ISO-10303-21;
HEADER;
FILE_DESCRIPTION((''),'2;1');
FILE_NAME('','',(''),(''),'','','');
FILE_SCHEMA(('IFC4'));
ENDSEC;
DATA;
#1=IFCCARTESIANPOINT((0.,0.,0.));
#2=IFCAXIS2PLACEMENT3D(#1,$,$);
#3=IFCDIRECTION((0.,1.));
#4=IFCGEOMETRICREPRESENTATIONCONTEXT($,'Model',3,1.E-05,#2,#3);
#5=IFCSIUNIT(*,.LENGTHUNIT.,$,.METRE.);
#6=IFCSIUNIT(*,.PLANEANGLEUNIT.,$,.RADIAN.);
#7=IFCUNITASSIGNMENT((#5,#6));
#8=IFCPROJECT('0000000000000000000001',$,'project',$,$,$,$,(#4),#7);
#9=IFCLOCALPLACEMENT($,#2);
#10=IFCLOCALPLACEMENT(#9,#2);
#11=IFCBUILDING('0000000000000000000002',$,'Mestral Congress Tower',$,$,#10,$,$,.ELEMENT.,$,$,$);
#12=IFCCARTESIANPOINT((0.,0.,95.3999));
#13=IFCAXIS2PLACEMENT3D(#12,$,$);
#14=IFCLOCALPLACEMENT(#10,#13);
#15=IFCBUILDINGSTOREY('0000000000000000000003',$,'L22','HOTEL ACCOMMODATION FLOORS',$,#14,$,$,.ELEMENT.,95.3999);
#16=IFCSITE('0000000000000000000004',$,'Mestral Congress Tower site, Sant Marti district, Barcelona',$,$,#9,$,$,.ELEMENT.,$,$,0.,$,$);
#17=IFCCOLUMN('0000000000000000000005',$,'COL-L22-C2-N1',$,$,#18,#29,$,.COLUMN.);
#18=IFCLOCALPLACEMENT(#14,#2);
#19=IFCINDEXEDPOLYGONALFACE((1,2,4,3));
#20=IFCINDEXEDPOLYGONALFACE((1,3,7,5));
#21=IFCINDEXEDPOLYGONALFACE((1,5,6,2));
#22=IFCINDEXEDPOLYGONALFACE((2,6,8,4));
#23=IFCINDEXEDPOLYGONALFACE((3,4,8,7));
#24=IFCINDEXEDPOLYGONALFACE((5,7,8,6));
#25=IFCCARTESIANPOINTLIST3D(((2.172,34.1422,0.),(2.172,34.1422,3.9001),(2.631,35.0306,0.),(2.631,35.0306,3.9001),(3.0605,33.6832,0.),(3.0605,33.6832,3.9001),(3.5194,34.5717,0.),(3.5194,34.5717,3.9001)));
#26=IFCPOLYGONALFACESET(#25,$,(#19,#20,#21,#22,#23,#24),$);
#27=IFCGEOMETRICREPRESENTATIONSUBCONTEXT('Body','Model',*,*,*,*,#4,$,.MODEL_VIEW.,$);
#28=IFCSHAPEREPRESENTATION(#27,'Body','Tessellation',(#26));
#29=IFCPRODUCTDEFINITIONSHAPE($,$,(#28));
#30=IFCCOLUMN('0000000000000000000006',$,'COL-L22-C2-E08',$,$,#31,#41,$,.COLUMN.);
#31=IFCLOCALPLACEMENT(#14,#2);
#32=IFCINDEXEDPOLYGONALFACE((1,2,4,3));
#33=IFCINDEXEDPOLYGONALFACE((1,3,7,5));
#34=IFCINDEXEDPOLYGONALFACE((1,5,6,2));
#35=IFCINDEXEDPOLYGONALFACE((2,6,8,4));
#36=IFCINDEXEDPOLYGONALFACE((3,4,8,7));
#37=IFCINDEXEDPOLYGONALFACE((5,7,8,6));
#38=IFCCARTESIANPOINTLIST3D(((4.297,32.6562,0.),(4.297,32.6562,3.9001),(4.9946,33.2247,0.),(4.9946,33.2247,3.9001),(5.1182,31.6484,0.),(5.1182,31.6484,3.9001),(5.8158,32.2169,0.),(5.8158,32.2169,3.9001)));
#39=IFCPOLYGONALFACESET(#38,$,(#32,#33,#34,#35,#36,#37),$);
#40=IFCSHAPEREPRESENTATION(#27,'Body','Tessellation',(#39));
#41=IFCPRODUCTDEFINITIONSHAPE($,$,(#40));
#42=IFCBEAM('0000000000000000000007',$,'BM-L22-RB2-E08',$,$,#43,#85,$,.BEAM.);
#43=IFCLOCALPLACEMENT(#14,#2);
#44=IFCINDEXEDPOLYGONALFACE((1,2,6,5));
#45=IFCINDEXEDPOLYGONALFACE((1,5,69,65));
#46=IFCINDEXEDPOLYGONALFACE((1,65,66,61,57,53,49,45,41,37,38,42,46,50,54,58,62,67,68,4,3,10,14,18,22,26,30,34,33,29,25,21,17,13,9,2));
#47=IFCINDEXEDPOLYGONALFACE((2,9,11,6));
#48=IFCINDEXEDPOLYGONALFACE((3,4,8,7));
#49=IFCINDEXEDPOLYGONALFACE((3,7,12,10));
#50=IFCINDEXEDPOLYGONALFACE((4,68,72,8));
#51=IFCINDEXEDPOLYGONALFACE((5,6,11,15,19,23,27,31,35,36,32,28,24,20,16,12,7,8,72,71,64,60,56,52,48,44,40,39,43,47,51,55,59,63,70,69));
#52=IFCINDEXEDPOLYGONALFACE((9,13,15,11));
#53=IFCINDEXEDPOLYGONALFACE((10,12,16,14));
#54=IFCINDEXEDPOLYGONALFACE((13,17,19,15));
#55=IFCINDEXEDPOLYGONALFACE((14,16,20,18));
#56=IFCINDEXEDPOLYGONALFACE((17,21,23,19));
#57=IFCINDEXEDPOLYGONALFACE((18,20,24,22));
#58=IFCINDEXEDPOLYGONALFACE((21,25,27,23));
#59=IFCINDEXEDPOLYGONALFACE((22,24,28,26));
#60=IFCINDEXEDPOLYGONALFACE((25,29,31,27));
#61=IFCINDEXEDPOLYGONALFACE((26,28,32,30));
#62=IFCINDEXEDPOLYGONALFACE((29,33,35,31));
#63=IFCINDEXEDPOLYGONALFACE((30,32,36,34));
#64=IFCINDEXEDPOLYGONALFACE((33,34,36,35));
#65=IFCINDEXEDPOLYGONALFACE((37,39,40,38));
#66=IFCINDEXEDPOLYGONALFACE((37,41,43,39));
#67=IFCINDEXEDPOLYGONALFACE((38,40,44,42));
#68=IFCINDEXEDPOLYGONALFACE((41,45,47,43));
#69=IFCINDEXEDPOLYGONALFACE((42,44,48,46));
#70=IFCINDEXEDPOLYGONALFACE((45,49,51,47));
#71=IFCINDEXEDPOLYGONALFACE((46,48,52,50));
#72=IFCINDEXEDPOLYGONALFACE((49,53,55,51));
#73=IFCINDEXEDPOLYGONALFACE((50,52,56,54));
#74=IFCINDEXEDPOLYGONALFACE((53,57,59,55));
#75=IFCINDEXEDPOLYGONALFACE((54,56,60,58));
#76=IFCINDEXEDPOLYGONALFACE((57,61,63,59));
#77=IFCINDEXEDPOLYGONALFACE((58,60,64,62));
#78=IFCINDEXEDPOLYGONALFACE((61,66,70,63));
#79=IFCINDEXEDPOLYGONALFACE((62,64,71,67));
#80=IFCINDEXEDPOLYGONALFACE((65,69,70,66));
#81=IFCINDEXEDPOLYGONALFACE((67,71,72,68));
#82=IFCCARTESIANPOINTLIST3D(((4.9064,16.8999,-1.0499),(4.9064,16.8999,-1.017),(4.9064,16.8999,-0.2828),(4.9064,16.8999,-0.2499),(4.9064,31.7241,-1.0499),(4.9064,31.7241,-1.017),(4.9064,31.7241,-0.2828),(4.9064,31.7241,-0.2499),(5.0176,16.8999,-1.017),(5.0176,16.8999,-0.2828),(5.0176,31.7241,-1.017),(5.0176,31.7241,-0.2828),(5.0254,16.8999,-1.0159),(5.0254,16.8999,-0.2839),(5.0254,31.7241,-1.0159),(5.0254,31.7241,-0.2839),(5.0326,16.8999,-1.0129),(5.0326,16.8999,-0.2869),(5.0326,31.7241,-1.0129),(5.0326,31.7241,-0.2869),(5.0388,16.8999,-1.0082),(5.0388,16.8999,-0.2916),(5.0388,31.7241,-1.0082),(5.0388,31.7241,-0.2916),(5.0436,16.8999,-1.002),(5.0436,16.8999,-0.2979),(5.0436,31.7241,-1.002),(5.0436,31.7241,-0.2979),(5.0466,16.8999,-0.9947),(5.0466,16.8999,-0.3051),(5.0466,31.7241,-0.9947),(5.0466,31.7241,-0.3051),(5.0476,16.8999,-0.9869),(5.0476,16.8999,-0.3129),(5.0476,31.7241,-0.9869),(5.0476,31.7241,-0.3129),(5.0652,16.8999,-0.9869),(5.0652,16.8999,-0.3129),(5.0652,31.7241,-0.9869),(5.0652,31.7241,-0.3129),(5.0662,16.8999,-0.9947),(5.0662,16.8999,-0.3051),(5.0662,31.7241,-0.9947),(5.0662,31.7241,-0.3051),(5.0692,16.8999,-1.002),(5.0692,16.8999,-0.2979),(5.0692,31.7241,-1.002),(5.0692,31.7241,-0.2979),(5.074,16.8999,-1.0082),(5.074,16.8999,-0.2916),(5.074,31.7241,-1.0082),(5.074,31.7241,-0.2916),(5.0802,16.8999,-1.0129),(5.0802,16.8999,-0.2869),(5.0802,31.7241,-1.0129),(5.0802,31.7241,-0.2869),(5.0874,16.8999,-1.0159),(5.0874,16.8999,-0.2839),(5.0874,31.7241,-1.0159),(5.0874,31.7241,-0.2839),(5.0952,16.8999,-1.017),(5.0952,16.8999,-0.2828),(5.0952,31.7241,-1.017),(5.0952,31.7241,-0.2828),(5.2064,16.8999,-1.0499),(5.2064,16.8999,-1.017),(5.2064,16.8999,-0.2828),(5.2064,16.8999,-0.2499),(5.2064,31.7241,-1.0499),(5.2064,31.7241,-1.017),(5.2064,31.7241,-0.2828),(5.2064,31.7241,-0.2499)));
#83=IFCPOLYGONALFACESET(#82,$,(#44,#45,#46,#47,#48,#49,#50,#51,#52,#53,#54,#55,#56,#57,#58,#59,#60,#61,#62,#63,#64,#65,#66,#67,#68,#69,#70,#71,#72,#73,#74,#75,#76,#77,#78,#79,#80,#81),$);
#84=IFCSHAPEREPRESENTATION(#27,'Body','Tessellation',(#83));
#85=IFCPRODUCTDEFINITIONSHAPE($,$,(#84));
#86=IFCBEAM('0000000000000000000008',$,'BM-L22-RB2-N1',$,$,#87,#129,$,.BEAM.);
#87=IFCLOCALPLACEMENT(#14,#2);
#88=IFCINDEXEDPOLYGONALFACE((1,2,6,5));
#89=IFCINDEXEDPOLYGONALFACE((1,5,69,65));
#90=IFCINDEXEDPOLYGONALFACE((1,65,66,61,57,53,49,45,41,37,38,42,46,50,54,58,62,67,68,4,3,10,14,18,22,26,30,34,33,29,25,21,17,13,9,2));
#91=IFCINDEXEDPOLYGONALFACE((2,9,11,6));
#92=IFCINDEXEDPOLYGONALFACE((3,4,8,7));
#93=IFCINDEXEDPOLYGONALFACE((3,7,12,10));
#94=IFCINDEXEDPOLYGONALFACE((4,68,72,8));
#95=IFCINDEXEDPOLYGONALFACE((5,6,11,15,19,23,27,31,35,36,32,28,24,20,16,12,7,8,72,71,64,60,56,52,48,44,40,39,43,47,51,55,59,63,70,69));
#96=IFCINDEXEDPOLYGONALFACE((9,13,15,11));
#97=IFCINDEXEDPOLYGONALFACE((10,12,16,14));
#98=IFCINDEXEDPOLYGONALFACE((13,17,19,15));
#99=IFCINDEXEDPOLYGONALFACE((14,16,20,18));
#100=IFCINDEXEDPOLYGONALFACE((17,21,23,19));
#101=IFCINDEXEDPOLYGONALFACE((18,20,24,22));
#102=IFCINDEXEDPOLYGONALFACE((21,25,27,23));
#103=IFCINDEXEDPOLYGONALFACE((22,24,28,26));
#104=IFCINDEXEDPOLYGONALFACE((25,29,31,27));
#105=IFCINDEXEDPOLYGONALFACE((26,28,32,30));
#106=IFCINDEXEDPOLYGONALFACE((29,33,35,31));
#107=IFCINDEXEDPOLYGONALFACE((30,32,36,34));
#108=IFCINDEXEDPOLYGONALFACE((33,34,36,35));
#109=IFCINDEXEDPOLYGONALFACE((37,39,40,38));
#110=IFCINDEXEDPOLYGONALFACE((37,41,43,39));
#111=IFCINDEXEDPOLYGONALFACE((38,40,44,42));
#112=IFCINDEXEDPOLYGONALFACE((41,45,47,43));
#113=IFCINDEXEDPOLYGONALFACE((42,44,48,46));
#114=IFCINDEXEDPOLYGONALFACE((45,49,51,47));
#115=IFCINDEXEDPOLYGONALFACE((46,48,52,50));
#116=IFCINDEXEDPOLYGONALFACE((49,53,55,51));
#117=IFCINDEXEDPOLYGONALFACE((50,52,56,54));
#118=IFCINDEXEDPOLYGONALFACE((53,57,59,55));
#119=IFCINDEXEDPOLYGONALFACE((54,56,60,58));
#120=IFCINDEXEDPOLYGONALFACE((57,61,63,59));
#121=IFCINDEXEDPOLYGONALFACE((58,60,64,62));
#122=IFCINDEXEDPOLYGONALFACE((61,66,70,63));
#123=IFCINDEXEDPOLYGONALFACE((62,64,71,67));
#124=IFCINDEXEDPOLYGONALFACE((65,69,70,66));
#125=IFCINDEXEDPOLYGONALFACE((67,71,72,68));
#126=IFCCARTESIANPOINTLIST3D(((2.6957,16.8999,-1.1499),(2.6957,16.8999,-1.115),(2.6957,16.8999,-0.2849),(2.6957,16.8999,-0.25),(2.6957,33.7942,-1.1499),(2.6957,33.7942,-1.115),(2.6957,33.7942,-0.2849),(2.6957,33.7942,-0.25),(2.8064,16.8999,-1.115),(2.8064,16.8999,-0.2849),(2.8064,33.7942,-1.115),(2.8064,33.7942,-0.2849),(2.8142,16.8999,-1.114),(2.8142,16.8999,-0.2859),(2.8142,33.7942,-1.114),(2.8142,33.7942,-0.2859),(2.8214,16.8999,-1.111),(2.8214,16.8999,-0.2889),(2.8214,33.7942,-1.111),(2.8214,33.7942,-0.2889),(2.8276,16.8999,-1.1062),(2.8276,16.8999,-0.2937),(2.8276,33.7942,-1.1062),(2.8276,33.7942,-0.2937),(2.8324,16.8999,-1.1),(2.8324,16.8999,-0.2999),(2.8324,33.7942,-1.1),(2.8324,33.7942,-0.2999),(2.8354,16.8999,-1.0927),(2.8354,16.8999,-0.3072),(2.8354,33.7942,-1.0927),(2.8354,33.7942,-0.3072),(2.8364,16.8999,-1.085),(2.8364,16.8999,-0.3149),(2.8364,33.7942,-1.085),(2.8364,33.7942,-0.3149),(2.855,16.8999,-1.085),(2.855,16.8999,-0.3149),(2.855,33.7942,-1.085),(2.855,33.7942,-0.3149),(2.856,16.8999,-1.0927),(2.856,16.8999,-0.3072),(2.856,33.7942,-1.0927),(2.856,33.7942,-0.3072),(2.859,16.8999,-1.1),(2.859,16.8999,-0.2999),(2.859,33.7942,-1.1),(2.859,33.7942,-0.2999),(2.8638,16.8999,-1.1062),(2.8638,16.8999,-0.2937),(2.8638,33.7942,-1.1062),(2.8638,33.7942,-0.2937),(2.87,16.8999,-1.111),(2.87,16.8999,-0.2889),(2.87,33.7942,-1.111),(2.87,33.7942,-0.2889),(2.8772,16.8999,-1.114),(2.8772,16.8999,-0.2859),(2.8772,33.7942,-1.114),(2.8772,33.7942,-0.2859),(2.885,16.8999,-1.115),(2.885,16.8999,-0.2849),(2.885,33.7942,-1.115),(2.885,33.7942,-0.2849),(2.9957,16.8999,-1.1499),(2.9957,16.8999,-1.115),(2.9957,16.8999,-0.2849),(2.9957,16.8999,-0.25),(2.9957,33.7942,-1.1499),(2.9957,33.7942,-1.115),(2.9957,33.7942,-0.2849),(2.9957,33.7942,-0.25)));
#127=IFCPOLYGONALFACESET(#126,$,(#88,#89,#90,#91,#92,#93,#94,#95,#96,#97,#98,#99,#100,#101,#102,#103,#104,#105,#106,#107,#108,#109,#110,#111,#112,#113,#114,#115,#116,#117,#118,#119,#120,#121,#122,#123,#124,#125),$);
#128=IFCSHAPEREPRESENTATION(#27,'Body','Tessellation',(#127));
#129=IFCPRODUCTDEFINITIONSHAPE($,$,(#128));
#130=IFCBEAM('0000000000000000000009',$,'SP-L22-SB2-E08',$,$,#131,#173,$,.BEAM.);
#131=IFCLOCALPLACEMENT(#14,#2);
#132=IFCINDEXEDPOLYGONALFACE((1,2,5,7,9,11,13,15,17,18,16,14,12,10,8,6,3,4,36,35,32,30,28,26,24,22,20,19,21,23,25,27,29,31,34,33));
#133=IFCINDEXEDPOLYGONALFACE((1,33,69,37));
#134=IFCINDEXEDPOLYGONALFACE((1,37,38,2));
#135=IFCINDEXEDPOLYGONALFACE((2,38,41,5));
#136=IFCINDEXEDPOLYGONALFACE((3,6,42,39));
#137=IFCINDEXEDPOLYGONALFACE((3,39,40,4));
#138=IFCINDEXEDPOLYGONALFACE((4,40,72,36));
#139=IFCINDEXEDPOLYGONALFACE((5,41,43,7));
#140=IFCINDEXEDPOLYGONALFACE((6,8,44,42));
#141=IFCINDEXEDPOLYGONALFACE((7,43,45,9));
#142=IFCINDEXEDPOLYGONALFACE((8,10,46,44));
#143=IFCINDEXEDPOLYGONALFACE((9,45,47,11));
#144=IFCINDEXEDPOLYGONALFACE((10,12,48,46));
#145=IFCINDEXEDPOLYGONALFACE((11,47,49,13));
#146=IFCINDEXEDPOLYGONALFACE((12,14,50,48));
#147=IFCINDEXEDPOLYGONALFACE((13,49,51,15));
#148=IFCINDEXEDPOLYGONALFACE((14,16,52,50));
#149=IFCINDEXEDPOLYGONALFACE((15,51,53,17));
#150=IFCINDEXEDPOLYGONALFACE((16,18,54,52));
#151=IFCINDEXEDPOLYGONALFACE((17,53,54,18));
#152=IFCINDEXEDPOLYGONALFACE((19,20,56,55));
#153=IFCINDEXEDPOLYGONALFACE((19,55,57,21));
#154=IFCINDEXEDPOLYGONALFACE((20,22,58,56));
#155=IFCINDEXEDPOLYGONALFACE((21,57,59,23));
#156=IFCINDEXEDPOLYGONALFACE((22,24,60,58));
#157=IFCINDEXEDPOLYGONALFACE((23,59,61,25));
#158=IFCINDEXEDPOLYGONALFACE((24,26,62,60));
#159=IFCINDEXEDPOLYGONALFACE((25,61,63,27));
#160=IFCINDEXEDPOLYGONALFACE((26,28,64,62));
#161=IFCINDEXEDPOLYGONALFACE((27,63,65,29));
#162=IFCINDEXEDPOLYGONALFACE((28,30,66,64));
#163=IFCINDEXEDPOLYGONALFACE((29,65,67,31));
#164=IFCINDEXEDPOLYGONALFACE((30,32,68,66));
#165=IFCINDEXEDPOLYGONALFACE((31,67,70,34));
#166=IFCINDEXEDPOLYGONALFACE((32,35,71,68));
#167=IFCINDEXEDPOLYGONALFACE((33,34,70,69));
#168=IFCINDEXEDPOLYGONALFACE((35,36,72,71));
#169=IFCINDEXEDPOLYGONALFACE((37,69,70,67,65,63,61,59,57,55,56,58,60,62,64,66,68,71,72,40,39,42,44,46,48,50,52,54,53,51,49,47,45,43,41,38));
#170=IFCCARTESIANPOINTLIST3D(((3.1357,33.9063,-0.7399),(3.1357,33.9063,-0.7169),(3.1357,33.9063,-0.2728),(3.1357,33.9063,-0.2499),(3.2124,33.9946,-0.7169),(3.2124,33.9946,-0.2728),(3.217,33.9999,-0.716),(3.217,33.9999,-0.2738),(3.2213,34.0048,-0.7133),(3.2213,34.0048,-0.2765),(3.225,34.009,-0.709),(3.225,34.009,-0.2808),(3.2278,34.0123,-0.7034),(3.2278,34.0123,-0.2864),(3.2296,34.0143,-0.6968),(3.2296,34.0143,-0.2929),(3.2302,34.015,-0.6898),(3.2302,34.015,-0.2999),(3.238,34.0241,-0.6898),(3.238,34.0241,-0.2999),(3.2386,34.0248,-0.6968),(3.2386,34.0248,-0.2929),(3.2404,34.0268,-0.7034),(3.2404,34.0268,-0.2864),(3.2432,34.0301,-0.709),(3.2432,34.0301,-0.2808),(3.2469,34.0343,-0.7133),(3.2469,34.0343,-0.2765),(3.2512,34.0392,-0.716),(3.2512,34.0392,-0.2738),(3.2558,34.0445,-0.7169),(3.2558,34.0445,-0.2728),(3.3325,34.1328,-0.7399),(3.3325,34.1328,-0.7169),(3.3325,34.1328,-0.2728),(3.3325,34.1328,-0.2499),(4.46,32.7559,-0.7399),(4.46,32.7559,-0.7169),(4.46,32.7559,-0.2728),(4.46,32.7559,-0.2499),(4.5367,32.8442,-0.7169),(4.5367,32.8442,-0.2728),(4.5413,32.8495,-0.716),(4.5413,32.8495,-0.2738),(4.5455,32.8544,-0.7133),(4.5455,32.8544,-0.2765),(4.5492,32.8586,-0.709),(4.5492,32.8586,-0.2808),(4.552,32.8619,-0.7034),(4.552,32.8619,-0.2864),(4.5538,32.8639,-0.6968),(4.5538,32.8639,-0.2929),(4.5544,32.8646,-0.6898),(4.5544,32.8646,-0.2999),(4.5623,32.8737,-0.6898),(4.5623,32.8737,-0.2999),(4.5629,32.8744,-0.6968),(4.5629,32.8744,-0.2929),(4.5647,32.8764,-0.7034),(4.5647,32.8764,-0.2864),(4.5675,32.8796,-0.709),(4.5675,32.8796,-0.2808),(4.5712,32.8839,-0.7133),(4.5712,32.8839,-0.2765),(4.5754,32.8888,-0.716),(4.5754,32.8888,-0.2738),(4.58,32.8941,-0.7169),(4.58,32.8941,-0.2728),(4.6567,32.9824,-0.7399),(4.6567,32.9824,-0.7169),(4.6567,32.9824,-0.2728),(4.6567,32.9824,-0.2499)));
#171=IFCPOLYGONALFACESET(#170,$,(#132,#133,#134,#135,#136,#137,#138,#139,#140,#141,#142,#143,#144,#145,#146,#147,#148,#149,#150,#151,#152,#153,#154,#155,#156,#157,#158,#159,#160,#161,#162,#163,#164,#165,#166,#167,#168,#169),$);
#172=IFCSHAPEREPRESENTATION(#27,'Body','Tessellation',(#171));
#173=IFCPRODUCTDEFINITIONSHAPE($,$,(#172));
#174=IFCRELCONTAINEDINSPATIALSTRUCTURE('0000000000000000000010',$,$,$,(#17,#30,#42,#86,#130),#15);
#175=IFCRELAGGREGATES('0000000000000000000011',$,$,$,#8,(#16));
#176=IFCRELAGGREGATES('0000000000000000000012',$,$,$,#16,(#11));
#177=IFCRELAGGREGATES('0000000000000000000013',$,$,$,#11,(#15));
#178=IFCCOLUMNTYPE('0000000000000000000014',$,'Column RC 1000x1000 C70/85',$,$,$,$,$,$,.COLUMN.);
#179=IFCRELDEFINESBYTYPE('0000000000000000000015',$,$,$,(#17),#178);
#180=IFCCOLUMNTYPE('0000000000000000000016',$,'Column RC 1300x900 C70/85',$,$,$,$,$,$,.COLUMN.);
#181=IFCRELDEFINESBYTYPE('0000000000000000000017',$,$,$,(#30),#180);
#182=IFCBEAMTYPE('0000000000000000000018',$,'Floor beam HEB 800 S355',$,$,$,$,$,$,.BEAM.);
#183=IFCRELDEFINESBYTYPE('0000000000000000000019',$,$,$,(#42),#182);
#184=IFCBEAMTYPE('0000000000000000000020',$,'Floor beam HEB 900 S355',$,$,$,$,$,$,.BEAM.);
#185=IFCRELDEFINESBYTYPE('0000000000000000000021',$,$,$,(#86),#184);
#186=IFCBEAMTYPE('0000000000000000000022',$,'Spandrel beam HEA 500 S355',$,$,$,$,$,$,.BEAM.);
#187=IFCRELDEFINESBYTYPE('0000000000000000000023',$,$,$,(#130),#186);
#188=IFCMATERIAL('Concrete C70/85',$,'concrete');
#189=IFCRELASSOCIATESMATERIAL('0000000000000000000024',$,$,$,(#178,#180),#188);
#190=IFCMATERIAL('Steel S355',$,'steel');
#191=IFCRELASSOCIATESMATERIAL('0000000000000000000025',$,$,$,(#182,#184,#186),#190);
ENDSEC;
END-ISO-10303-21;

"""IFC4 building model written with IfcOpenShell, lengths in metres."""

from ifc_helpers import new_model, si_unit, direction, frame, origin, origin_2d, place, context, subcontext, project, spatial, rectangle, i_section, extrude, material, material_profile, profile_set, type_object, element, save


model = new_model("IFC4")

# Units and contexts
model_context = context("Model", 3, precision=1e-05, world=origin(), true_north=direction((0.0, 1.0)))
body_context = subcontext(model_context, "Body", "Model", "MODEL_VIEW")
ifc_project = project(units=[si_unit("LENGTHUNIT", "METRE"), si_unit("PLANEANGLEUNIT", "RADIAN")], contexts=[model_context])

# Site, building, storey
site_placement = place(None, origin())
site = spatial("IfcSite", under=ifc_project, at=site_placement, Name="Mestral Congress Tower site, Sant Marti district, Barcelona", CompositionType="ELEMENT", RefElevation=0.0)
building_placement = place(site_placement, origin())
building = spatial("IfcBuilding", under=site, at=building_placement, Name="Mestral Congress Tower", CompositionType="ELEMENT")
storey_placement = place(building_placement, frame((0.0, 0.0, 95.3999)))
storey = spatial("IfcBuildingStorey", under=building, at=storey_placement, Name="L22", Description="HOTEL ACCOMMODATION FLOORS", CompositionType="ELEMENT", Elevation=95.3999)

# Columns
ifc_material_1 = material(Name="Concrete C70/85", Category="concrete")
ifc_material_profile_1 = material_profile(ifc_material_1, rectangle(XDim=1.0, YDim=1.0, at=origin_2d()), Name="RC 1000x1000")
ifc_profile_set_1 = profile_set([ifc_material_profile_1], Name="Concrete C70/85")
column_type_1 = type_object("IfcColumnType", Name="Column RC 1000x1000 C70/85", PredefinedType="COLUMN", material=ifc_profile_set_1)
column_1_placement = place(storey_placement, frame((2.8457, 34.3569, 0.0), z_axis=(0.0, 0.0, 1.0), x_axis=(-0.888456, 0.458961, 0.0)))
element("IfcColumn", 1, at=column_1_placement, inside=storey, type_object=column_type_1, Name="COL-L22-C2-N1", PredefinedType="COLUMN", context=body_context, shape_type="SweptSolid", body=[
    extrude(rectangle(XDim=1.0, YDim=1.0, at=origin_2d()), origin(), (0.0, 0.0, 1.0), 3.9001),
])
ifc_material_profile_2 = material_profile(ifc_material_1, rectangle(XDim=1.3, YDim=0.8999, at=origin_2d()), Name="RC 1300x900")
ifc_profile_set_2 = profile_set([ifc_material_profile_2], Name="Concrete C70/85")
column_type_2 = type_object("IfcColumnType", Name="Column RC 1300x900 C70/85", PredefinedType="COLUMN", material=ifc_profile_set_2)
column_2_placement = place(storey_placement, frame((5.0564, 32.4365, 0.0), z_axis=(0.0, 0.0, 1.0), x_axis=(-0.631709, 0.775206, 0.0)))
element("IfcColumn", 2, at=column_2_placement, inside=storey, type_object=column_type_2, Name="COL-L22-C2-E08", PredefinedType="COLUMN", context=body_context, shape_type="SweptSolid", body=[
    extrude(rectangle(XDim=1.3, YDim=0.8999, at=origin_2d()), origin(), (0.0, 0.0, 1.0), 3.9001),
])

# Beams
ifc_material_2 = material(Name="Steel S355", Category="steel")
ifc_material_profile_3 = material_profile(ifc_material_2, i_section(OverallWidth=0.3, OverallDepth=0.8, WebThickness=0.0176, FlangeThickness=0.033, FilletRadius=0.03, at=origin_2d()), Name="HEB 800")
ifc_profile_set_3 = profile_set([ifc_material_profile_3], Name="Steel S355")
beam_type_1 = type_object("IfcBeamType", Name="Floor beam HEB 800 S355", PredefinedType="BEAM", material=ifc_profile_set_3)
beam_1_placement = place(storey_placement, frame((5.0564, 31.7241, -0.6499), z_axis=(0.0, -1.0, 0.0), x_axis=(1.0, 0.0, 0.0)))
element("IfcBeam", 3, at=beam_1_placement, inside=storey, type_object=beam_type_1, Name="BM-L22-RB2-E08", PredefinedType="BEAM", context=body_context, shape_type="SweptSolid", body=[
    extrude(i_section(OverallWidth=0.3, OverallDepth=0.8, WebThickness=0.0176, FlangeThickness=0.033, FilletRadius=0.03, at=origin_2d()), origin(), (0.0, 0.0, 1.0), 14.8242),
])
ifc_material_profile_4 = material_profile(ifc_material_2, i_section(OverallWidth=0.3, OverallDepth=0.8999, WebThickness=0.0186, FlangeThickness=0.0349, FilletRadius=0.03, at=origin_2d()), Name="HEB 900")
ifc_profile_set_4 = profile_set([ifc_material_profile_4], Name="Steel S355")
beam_type_2 = type_object("IfcBeamType", Name="Floor beam HEB 900 S355", PredefinedType="BEAM", material=ifc_profile_set_4)
beam_2_placement = place(storey_placement, frame((2.8457, 33.7942, -0.7), z_axis=(0.0, -1.0, 0.0), x_axis=(1.0, 0.0, 0.0)))
element("IfcBeam", 4, at=beam_2_placement, inside=storey, type_object=beam_type_2, Name="BM-L22-RB2-N1", PredefinedType="BEAM", context=body_context, shape_type="SweptSolid", body=[
    extrude(i_section(OverallWidth=0.3, OverallDepth=0.8999, WebThickness=0.0186, FlangeThickness=0.0349, FilletRadius=0.03, at=origin_2d()), origin(), (0.0, 0.0, 1.0), 16.8943),
])
ifc_material_profile_5 = material_profile(ifc_material_2, i_section(OverallWidth=0.3, OverallDepth=0.49, WebThickness=0.012, FlangeThickness=0.0229, FilletRadius=0.0271, at=origin_2d()), Name="HEA 500")
ifc_profile_set_5 = profile_set([ifc_material_profile_5], Name="Steel S355")
beam_type_3 = type_object("IfcBeamType", Name="Spandrel beam HEA 500 S355", PredefinedType="BEAM", material=ifc_profile_set_5)
beam_3_placement = place(storey_placement, frame((4.5583, 32.8691, -0.4949), z_axis=(-0.754917, 0.65582, 0.0), x_axis=(-0.65582, -0.754917, 0.0)))
element("IfcBeam", 5, at=beam_3_placement, inside=storey, type_object=beam_type_3, Name="SP-L22-SB2-E08", PredefinedType="BEAM", context=body_context, shape_type="SweptSolid", body=[
    extrude(i_section(OverallWidth=0.3, OverallDepth=0.49, WebThickness=0.012, FlangeThickness=0.0229, FilletRadius=0.0271, at=origin_2d()), origin(), (0.0, 0.0, 1.0), 1.7542),
])

save(model, "model.ifc")
